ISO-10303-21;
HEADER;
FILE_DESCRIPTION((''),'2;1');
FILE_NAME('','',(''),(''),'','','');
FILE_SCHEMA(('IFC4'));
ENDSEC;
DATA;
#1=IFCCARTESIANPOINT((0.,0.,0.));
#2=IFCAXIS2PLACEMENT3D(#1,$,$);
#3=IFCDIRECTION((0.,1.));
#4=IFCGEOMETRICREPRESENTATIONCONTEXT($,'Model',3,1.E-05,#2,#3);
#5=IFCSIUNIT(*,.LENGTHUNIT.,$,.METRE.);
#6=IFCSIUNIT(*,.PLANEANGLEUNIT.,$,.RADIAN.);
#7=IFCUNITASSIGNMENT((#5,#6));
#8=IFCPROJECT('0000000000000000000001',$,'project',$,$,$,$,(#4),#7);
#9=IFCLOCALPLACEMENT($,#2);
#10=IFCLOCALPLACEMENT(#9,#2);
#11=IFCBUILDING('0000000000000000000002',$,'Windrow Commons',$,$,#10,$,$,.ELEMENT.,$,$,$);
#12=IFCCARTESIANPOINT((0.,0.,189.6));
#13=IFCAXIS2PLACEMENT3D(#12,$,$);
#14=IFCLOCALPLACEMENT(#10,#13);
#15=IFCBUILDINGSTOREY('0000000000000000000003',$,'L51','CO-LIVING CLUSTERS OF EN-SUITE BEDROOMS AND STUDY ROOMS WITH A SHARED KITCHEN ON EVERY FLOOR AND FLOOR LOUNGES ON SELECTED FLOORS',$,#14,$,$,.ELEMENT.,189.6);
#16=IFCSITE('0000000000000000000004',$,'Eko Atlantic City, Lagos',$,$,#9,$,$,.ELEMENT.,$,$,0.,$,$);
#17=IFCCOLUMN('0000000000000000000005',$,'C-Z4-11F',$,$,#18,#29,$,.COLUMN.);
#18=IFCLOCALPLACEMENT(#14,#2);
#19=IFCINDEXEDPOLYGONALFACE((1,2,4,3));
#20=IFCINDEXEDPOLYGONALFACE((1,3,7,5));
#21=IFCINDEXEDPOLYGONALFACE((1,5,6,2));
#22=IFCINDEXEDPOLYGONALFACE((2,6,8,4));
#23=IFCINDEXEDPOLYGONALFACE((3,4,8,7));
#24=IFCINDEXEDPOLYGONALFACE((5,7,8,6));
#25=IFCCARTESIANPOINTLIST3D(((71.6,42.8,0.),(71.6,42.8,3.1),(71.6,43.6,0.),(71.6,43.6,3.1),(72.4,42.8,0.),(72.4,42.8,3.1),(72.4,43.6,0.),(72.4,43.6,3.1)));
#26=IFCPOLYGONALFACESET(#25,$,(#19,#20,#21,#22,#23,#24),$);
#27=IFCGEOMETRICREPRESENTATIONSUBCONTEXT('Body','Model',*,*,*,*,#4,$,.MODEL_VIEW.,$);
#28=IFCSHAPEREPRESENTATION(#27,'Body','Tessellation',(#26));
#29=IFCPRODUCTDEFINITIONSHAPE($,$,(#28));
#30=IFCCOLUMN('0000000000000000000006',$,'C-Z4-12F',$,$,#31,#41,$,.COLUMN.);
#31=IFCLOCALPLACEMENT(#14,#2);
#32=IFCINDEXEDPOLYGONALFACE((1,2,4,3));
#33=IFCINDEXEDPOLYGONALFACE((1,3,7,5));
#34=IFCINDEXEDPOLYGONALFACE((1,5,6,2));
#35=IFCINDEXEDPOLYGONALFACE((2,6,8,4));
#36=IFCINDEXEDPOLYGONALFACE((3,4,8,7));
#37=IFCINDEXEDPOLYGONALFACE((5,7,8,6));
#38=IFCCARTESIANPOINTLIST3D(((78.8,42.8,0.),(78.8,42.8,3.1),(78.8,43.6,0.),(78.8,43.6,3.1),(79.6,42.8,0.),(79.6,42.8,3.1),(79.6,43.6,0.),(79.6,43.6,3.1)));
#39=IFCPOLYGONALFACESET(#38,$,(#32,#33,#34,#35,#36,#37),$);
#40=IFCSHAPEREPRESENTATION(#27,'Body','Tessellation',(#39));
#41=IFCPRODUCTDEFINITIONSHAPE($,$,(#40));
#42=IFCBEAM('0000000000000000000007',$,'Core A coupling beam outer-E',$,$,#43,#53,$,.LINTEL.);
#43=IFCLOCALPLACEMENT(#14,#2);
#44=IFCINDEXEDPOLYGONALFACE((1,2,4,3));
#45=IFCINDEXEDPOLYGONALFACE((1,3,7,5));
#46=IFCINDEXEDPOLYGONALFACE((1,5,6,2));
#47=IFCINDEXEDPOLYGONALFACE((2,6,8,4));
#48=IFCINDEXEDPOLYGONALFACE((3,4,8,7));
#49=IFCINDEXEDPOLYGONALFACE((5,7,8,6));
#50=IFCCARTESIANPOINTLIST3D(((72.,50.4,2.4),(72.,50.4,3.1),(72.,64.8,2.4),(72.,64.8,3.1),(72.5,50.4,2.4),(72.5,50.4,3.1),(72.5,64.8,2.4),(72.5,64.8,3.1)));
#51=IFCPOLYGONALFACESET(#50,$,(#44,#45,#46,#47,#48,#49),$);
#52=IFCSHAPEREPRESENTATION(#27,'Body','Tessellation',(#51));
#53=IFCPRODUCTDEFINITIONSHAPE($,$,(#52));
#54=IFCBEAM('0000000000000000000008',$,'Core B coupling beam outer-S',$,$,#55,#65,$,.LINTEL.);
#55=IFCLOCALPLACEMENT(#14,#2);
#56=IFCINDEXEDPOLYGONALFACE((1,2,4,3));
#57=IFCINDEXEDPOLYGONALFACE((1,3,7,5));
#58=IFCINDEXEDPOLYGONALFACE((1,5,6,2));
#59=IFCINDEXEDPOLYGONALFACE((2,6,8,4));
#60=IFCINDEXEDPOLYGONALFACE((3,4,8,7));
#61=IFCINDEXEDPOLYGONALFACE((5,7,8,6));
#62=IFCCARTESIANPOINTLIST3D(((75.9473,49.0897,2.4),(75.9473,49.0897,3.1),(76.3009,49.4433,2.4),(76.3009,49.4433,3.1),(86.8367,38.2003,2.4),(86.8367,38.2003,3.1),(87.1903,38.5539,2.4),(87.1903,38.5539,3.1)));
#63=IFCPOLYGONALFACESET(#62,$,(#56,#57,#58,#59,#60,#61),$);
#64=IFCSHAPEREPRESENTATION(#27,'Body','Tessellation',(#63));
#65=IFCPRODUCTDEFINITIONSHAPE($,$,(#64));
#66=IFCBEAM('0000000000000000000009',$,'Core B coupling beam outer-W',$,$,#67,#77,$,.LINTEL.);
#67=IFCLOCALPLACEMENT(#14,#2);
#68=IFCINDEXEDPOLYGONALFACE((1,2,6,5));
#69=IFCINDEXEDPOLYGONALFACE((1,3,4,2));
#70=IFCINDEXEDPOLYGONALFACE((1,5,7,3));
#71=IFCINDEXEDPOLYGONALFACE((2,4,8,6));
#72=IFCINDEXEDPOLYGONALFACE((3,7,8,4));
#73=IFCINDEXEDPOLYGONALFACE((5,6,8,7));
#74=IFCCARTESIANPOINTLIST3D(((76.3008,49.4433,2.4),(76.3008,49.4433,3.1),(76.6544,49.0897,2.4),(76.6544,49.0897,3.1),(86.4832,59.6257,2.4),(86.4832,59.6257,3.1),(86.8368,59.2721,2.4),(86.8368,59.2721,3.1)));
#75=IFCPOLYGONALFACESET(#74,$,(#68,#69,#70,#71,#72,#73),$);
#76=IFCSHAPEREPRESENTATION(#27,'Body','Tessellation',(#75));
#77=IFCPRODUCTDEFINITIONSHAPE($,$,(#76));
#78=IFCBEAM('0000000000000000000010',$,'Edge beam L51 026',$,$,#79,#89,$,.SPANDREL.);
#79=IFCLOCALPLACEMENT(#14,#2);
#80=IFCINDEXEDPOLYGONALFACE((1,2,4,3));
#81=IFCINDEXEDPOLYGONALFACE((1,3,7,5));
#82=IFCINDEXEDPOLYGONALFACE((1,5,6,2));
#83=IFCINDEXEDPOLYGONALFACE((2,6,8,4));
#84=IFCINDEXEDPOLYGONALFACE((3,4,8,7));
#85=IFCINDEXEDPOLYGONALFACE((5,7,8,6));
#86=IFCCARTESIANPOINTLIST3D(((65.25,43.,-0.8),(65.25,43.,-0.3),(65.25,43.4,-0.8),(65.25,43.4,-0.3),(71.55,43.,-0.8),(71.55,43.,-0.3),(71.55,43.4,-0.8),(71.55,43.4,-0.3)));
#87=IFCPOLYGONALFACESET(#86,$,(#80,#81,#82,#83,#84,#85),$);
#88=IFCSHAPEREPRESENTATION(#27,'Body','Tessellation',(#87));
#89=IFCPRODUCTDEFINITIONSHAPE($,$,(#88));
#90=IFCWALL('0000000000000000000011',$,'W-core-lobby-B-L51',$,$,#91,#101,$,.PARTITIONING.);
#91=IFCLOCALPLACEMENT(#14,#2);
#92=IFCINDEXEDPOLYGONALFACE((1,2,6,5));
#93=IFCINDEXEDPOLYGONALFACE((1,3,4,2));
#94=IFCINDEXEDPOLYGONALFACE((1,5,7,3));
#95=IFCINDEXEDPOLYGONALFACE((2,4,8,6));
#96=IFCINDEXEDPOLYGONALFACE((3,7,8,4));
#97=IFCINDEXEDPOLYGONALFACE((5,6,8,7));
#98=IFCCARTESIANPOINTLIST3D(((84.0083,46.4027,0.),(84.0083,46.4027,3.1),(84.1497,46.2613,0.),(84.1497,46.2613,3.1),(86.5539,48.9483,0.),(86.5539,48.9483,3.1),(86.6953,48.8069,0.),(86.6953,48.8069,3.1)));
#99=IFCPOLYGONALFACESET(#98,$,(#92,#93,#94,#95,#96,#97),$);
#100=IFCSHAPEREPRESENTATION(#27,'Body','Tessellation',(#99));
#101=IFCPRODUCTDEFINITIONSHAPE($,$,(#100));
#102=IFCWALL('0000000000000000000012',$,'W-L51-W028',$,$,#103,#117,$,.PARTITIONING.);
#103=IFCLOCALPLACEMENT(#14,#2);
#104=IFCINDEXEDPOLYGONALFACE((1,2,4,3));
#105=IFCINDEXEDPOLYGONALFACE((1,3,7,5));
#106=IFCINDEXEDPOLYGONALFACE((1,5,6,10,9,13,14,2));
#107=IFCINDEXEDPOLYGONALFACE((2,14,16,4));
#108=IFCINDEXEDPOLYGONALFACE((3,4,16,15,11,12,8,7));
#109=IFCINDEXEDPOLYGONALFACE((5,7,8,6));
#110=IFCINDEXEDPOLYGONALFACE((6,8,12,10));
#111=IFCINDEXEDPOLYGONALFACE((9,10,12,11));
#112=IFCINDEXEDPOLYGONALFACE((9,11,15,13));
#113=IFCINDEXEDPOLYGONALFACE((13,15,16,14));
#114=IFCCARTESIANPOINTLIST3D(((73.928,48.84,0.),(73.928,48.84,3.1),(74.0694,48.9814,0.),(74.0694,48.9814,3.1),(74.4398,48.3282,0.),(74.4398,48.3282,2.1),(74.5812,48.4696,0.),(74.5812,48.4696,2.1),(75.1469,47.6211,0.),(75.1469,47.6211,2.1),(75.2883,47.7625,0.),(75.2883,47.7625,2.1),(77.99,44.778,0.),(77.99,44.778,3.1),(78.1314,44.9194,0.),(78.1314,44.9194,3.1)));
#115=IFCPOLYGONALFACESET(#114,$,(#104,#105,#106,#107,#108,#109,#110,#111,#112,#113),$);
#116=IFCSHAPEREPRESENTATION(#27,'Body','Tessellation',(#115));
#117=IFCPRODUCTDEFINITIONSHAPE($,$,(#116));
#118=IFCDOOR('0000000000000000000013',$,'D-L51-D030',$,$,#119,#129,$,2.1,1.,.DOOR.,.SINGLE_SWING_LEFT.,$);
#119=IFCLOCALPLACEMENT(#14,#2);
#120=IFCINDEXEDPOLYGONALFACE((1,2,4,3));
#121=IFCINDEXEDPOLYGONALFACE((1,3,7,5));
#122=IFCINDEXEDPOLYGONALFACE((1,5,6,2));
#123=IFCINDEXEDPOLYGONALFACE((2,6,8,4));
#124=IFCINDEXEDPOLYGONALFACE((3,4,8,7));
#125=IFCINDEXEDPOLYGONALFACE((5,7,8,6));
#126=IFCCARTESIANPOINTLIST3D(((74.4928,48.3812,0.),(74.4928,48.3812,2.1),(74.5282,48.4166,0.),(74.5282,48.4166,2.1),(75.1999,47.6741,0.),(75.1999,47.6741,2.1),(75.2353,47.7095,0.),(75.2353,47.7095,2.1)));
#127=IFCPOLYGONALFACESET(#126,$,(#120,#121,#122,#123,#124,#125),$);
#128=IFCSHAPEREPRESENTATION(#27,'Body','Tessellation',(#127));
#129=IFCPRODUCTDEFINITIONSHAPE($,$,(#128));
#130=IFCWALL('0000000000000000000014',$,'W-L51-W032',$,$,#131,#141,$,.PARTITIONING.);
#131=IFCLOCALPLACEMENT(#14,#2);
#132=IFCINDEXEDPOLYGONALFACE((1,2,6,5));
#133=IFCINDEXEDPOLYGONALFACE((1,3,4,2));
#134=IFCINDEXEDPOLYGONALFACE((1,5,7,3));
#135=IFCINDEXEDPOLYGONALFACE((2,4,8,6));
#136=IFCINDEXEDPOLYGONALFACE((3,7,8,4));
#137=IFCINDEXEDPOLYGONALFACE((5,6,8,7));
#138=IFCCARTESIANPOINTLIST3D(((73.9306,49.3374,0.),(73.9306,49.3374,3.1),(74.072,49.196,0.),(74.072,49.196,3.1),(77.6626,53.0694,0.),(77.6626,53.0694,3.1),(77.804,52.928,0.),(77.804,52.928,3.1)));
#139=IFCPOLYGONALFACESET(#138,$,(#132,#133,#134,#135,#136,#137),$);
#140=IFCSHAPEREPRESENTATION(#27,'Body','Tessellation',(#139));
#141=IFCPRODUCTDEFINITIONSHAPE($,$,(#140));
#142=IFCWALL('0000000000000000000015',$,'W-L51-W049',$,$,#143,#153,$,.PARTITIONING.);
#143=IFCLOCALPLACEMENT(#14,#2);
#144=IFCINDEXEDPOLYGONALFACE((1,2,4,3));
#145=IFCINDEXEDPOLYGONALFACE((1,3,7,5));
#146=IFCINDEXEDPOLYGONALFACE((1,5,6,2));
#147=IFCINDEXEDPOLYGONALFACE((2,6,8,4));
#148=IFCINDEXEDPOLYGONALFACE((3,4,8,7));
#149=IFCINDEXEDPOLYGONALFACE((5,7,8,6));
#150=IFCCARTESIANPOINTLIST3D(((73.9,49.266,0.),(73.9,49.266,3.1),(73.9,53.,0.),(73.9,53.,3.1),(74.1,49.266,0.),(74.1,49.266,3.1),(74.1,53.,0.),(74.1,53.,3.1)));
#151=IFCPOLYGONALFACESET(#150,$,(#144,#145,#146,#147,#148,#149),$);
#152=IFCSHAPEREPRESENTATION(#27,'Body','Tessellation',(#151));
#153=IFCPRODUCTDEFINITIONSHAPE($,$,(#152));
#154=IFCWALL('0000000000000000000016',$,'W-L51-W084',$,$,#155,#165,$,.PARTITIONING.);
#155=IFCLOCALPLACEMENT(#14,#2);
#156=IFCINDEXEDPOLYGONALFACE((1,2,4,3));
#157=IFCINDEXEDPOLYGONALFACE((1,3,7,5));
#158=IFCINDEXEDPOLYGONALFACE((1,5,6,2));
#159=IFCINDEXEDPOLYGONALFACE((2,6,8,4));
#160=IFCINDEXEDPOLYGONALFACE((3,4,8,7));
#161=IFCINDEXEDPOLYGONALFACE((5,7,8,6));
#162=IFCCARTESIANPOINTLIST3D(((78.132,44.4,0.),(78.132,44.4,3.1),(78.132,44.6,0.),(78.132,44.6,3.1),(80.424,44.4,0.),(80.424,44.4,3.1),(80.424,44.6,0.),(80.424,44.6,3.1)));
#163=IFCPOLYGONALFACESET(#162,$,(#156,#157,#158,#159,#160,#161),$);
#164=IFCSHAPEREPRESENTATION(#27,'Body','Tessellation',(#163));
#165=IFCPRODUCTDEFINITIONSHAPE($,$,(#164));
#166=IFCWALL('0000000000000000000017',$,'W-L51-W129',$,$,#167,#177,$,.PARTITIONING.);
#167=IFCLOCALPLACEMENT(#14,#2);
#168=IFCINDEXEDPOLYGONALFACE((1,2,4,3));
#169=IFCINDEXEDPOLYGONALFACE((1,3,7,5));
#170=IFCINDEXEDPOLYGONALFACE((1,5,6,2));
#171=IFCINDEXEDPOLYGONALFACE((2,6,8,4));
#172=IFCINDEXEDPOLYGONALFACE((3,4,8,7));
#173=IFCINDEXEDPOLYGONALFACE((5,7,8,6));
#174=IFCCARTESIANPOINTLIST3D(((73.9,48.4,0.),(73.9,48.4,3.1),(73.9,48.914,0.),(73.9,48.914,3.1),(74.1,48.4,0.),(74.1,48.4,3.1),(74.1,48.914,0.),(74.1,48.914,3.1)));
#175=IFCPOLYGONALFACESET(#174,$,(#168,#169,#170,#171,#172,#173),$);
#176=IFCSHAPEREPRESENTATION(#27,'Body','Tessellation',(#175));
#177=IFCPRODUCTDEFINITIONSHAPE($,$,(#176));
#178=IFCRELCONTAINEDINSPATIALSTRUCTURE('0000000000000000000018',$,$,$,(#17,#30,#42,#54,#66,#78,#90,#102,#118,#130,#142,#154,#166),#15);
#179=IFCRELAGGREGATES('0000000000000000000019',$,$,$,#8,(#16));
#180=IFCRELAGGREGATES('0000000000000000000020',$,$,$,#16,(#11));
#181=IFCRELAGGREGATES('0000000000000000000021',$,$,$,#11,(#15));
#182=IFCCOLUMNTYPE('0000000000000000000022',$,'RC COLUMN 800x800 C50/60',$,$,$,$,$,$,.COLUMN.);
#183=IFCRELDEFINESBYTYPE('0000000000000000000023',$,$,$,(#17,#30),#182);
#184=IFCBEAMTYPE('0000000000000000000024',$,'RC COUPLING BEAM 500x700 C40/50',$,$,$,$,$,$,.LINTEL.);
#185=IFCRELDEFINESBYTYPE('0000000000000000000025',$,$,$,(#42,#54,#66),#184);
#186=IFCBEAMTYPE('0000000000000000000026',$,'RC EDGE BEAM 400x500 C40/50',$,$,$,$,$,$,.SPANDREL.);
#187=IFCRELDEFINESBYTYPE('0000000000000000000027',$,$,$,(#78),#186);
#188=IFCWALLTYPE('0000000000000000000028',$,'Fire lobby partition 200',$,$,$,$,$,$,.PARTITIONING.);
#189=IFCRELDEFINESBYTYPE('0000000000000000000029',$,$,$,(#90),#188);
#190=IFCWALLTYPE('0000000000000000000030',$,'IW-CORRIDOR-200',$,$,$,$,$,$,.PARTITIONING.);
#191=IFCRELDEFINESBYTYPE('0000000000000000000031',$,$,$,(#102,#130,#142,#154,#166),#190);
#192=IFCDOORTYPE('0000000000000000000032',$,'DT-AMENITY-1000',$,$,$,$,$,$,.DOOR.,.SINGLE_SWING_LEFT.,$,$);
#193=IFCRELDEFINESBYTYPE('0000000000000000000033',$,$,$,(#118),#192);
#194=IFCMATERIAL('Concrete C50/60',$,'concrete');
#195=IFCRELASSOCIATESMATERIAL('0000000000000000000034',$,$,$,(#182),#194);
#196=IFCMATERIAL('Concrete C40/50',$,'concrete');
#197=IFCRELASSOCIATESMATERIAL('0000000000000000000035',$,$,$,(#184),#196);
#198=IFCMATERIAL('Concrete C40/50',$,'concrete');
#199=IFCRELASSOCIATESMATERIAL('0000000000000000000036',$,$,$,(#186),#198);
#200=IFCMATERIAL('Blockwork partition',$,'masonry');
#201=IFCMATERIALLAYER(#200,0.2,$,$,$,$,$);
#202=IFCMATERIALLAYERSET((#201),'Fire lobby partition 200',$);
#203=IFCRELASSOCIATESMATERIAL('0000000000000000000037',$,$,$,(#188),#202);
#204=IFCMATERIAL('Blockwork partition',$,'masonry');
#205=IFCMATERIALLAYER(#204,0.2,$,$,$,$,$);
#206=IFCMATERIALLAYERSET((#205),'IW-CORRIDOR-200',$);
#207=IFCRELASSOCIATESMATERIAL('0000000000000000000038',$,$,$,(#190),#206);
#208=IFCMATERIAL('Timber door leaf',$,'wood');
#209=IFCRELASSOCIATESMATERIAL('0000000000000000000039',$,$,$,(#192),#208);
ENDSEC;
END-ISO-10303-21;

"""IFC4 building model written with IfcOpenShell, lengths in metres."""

from ifc_helpers import new_model, si_unit, direction, frame, frame_2d, origin, origin_2d, place, context, subcontext, project, spatial, rectangle, extrude, material, layer, layer_set, material_profile, profile_set, type_object, element, fill, save


model = new_model("IFC4")

# Units and contexts
model_context = context("Model", 3, precision=1e-05, world=origin(), true_north=direction((0.0, 1.0)))
body_context = subcontext(model_context, "Body", "Model", "MODEL_VIEW")
ifc_project = project(units=[si_unit("LENGTHUNIT", "METRE"), si_unit("PLANEANGLEUNIT", "RADIAN")], contexts=[model_context])

# Site, building, storey
site_placement = place(None, origin())
site = spatial("IfcSite", under=ifc_project, at=site_placement, Name="Eko Atlantic City, Lagos", CompositionType="ELEMENT", RefElevation=0.0)
building_placement = place(site_placement, origin())
building = spatial("IfcBuilding", under=site, at=building_placement, Name="Windrow Commons", CompositionType="ELEMENT")
storey_placement = place(building_placement, frame((0.0, 0.0, 189.6)))
storey = spatial("IfcBuildingStorey", under=building, at=storey_placement, Name="L51", Description="CO-LIVING CLUSTERS OF EN-SUITE BEDROOMS AND STUDY ROOMS WITH A SHARED KITCHEN ON EVERY FLOOR AND FLOOR LOUNGES ON SELECTED FLOORS", CompositionType="ELEMENT", Elevation=189.6)

# Columns
ifc_material_1 = material(Name="Concrete C50/60", Category="concrete")
ifc_material_profile_1 = material_profile(ifc_material_1, rectangle(XDim=0.8, YDim=0.8, at=origin_2d()))
ifc_profile_set_1 = profile_set([ifc_material_profile_1], Name="Concrete C50/60")
column_type = type_object("IfcColumnType", Name="RC COLUMN 800x800 C50/60", PredefinedType="COLUMN", material=ifc_profile_set_1)
for number, where, z_axis, x_axis, name in (
    (1, (72.0, 43.2, 0.0), (0.0, 0.0, 1.0), (1.0, 0.0, 0.0), "C-Z4-11F"),
    (2, (79.2, 43.2, 0.0), (0.0, 0.0, 1.0), (1.0, 0.0, 0.0), "C-Z4-12F"),
):
    element("IfcColumn", number, at=place(storey_placement, frame(where, z_axis=z_axis, x_axis=x_axis)), inside=storey, type_object=column_type, Name=name, PredefinedType="COLUMN", context=body_context, shape_type="SweptSolid", body=[
        extrude(rectangle(XDim=0.8, YDim=0.8, at=origin_2d()), origin(), (0.0, 0.0, 1.0), 3.1),
    ])

# Beams
ifc_material_2 = material(Name="Concrete C40/50", Category="concrete")
ifc_material_profile_2 = material_profile(ifc_material_2, rectangle(XDim=0.5, YDim=0.7, at=origin_2d()))
ifc_profile_set_2 = profile_set([ifc_material_profile_2], Name="Concrete C40/50")
beam_type_1 = type_object("IfcBeamType", Name="RC COUPLING BEAM 500x700 C40/50", PredefinedType="LINTEL", material=ifc_profile_set_2)
beam_1_placement = place(storey_placement, frame((72.25, 50.4, 2.75), z_axis=(0.0, 1.0, 0.0), x_axis=(-1.0, 0.0, 0.0)))
element("IfcBeam", 3, at=beam_1_placement, inside=storey, type_object=beam_type_1, Name="Core A coupling beam outer-E", PredefinedType="LINTEL", context=body_context, shape_type="SweptSolid", body=[
    extrude(rectangle(XDim=0.5, YDim=0.7, at=origin_2d()), origin(), (0.0, 0.0, 1.0), 14.4),
])
beam_2_placement = place(storey_placement, frame((76.1241, 49.2665, 2.75), z_axis=(0.707107, -0.707107, 0.0), x_axis=(0.707107, 0.707107, 0.0)))
element("IfcBeam", 4, at=beam_2_placement, inside=storey, type_object=beam_type_1, Name="Core B coupling beam outer-S", PredefinedType="LINTEL", context=body_context, shape_type="SweptSolid", body=[
    extrude(rectangle(XDim=0.5, YDim=0.7, at=origin_2d()), origin(), (0.0, 0.0, 1.0), 15.3999),
])
beam_3_placement = place(storey_placement, frame((76.4776, 49.2665, 2.75), z_axis=(0.707107, 0.707107, 0.0), x_axis=(-0.707107, 0.707107, 0.0)))
element("IfcBeam", 5, at=beam_3_placement, inside=storey, type_object=beam_type_1, Name="Core B coupling beam outer-W", PredefinedType="LINTEL", context=body_context, shape_type="SweptSolid", body=[
    extrude(rectangle(XDim=0.5, YDim=0.7, at=origin_2d()), origin(), (0.0, 0.0, 1.0), 14.4001),
])
ifc_material_3 = material(Name="Concrete C40/50", Category="concrete")
ifc_material_profile_3 = material_profile(ifc_material_3, rectangle(XDim=0.4, YDim=0.5, at=origin_2d()))
ifc_profile_set_3 = profile_set([ifc_material_profile_3], Name="Concrete C40/50")
beam_type_2 = type_object("IfcBeamType", Name="RC EDGE BEAM 400x500 C40/50", PredefinedType="SPANDREL", material=ifc_profile_set_3)
beam_4_placement = place(storey_placement, frame((71.55, 43.2, -0.55), z_axis=(-1.0, 0.0, 0.0), x_axis=(0.0, -1.0, 0.0)))
element("IfcBeam", 6, at=beam_4_placement, inside=storey, type_object=beam_type_2, Name="Edge beam L51 026", PredefinedType="SPANDREL", context=body_context, shape_type="SweptSolid", body=[
    extrude(rectangle(XDim=0.4, YDim=0.5, at=origin_2d()), origin(), (0.0, 0.0, 1.0), 6.3),
])

# Wall
ifc_material_4 = material(Name="Blockwork partition", Category="masonry")
ifc_layer_1 = layer(ifc_material_4, 0.2)
ifc_layer_set_1 = layer_set([ifc_layer_1], Name="Fire lobby partition 200")
wall_type_1 = type_object("IfcWallType", Name="Fire lobby partition 200", PredefinedType="PARTITIONING", material=ifc_layer_set_1)
wall_1_placement = place(storey_placement, frame((84.079, 46.332, 0.0), z_axis=(0.0, 0.0, 1.0), x_axis=(0.707107, 0.707107, 0.0)))
element("IfcWall", 7, at=wall_1_placement, inside=storey, type_object=wall_type_1, Name="W-core-lobby-B-L51", PredefinedType="PARTITIONING", context=body_context, shape_type="SweptSolid", body=[
    extrude(rectangle(XDim=3.6, YDim=0.2, at=frame_2d((1.8, 0.0))), origin(), (0.0, 0.0, 1.0), 3.1),
])

# Wall, opening, door
ifc_material_5 = material(Name="Blockwork partition", Category="masonry")
ifc_layer_2 = layer(ifc_material_5, 0.2)
ifc_layer_set_2 = layer_set([ifc_layer_2], Name="IW-CORRIDOR-200")
wall_type_2 = type_object("IfcWallType", Name="IW-CORRIDOR-200", PredefinedType="PARTITIONING", material=ifc_layer_set_2)
wall_2_placement = place(storey_placement, frame((73.9987, 48.9107, 0.0), z_axis=(0.0, 0.0, 1.0), x_axis=(0.707107, -0.707107, 0.0)))
wall_2 = element("IfcWall", 8, at=wall_2_placement, inside=storey, type_object=wall_type_2, Name="W-L51-W028", PredefinedType="PARTITIONING", context=body_context, shape_type="SweptSolid", body=[
    extrude(rectangle(XDim=5.7445, YDim=0.2, at=frame_2d((2.8723, 0.0))), origin(), (0.0, 0.0, 1.0), 3.1),
])
opening_1_placement = place(wall_2_placement, frame((0.7238, 0.0, 0.0)))
opening_1 = element("IfcOpeningElement", 9, at=opening_1_placement, cuts=wall_2, PredefinedType="OPENING", context=body_context, shape_type="SweptSolid", body=[
    extrude(rectangle(XDim=1.0, YDim=2.1, at=frame_2d((0.5, 1.05))), frame((0.0, 0.11, 0.0), z_axis=(0.0, -1.0, 0.0), x_axis=(1.0, 0.0, 0.0)), (0.0, 0.0, 1.0), 0.22),
])
ifc_material_6 = material(Name="Timber door leaf", Category="wood")
door_type_1 = type_object("IfcDoorType", Name="DT-AMENITY-1000", OperationType="SINGLE_SWING_LEFT", PredefinedType="DOOR", material=ifc_material_6)
door_1_placement = place(opening_1_placement, origin())
door_1 = element("IfcDoor", 10, at=door_1_placement, inside=storey, type_object=door_type_1, Name="D-L51-D030", OperationType="SINGLE_SWING_LEFT", OverallHeight=2.1, OverallWidth=1.0, PredefinedType="DOOR", context=body_context, shape_type="SweptSolid", body=[
    extrude(rectangle(XDim=1.0, YDim=2.1, at=frame_2d((0.5, 1.05))), frame((0.0, 0.025, 0.0), z_axis=(0.0, -1.0, 0.0), x_axis=(1.0, 0.0, 0.0)), (0.0, 0.0, 1.0), 0.05),
])
fill(opening_1, door_1)

# Walls
wall_3_placement = place(storey_placement, frame((74.0013, 49.2667, 0.0), z_axis=(0.0, 0.0, 1.0), x_axis=(0.707107, 0.707107, 0.0)))
element("IfcWall", 11, at=wall_3_placement, inside=storey, type_object=wall_type_2, Name="W-L51-W032", PredefinedType="PARTITIONING", context=body_context, shape_type="SweptSolid", body=[
    extrude(rectangle(XDim=5.2778, YDim=0.2, at=frame_2d((2.6389, 0.0))), origin(), (0.0, 0.0, 1.0), 3.1),
])
wall_4_placement = place(storey_placement, frame((74.0, 49.266, 0.0), z_axis=(0.0, 0.0, 1.0), x_axis=(0.0, 1.0, 0.0)))
element("IfcWall", 12, at=wall_4_placement, inside=storey, type_object=wall_type_2, Name="W-L51-W049", PredefinedType="PARTITIONING", context=body_context, shape_type="SweptSolid", body=[
    extrude(rectangle(XDim=3.734, YDim=0.2, at=frame_2d((1.867, 0.0))), origin(), (0.0, 0.0, 1.0), 3.1),
])
wall_5_placement = place(storey_placement, frame((78.132, 44.5, 0.0), z_axis=(0.0, 0.0, 1.0), x_axis=(1.0, 0.0, 0.0)))
element("IfcWall", 13, at=wall_5_placement, inside=storey, type_object=wall_type_2, Name="W-L51-W084", PredefinedType="PARTITIONING", context=body_context, shape_type="SweptSolid", body=[
    extrude(rectangle(XDim=2.292, YDim=0.2, at=frame_2d((1.146, 0.0))), origin(), (0.0, 0.0, 1.0), 3.1),
])
wall_6_placement = place(storey_placement, frame((74.0, 48.4, 0.0), z_axis=(0.0, 0.0, 1.0), x_axis=(0.0, 1.0, 0.0)))
element("IfcWall", 14, at=wall_6_placement, inside=storey, type_object=wall_type_2, Name="W-L51-W129", PredefinedType="PARTITIONING", context=body_context, shape_type="SweptSolid", body=[
    extrude(rectangle(XDim=0.514, YDim=0.2, at=frame_2d((0.257, 0.0))), origin(), (0.0, 0.0, 1.0), 3.1),
])

save(model, "model.ifc")
